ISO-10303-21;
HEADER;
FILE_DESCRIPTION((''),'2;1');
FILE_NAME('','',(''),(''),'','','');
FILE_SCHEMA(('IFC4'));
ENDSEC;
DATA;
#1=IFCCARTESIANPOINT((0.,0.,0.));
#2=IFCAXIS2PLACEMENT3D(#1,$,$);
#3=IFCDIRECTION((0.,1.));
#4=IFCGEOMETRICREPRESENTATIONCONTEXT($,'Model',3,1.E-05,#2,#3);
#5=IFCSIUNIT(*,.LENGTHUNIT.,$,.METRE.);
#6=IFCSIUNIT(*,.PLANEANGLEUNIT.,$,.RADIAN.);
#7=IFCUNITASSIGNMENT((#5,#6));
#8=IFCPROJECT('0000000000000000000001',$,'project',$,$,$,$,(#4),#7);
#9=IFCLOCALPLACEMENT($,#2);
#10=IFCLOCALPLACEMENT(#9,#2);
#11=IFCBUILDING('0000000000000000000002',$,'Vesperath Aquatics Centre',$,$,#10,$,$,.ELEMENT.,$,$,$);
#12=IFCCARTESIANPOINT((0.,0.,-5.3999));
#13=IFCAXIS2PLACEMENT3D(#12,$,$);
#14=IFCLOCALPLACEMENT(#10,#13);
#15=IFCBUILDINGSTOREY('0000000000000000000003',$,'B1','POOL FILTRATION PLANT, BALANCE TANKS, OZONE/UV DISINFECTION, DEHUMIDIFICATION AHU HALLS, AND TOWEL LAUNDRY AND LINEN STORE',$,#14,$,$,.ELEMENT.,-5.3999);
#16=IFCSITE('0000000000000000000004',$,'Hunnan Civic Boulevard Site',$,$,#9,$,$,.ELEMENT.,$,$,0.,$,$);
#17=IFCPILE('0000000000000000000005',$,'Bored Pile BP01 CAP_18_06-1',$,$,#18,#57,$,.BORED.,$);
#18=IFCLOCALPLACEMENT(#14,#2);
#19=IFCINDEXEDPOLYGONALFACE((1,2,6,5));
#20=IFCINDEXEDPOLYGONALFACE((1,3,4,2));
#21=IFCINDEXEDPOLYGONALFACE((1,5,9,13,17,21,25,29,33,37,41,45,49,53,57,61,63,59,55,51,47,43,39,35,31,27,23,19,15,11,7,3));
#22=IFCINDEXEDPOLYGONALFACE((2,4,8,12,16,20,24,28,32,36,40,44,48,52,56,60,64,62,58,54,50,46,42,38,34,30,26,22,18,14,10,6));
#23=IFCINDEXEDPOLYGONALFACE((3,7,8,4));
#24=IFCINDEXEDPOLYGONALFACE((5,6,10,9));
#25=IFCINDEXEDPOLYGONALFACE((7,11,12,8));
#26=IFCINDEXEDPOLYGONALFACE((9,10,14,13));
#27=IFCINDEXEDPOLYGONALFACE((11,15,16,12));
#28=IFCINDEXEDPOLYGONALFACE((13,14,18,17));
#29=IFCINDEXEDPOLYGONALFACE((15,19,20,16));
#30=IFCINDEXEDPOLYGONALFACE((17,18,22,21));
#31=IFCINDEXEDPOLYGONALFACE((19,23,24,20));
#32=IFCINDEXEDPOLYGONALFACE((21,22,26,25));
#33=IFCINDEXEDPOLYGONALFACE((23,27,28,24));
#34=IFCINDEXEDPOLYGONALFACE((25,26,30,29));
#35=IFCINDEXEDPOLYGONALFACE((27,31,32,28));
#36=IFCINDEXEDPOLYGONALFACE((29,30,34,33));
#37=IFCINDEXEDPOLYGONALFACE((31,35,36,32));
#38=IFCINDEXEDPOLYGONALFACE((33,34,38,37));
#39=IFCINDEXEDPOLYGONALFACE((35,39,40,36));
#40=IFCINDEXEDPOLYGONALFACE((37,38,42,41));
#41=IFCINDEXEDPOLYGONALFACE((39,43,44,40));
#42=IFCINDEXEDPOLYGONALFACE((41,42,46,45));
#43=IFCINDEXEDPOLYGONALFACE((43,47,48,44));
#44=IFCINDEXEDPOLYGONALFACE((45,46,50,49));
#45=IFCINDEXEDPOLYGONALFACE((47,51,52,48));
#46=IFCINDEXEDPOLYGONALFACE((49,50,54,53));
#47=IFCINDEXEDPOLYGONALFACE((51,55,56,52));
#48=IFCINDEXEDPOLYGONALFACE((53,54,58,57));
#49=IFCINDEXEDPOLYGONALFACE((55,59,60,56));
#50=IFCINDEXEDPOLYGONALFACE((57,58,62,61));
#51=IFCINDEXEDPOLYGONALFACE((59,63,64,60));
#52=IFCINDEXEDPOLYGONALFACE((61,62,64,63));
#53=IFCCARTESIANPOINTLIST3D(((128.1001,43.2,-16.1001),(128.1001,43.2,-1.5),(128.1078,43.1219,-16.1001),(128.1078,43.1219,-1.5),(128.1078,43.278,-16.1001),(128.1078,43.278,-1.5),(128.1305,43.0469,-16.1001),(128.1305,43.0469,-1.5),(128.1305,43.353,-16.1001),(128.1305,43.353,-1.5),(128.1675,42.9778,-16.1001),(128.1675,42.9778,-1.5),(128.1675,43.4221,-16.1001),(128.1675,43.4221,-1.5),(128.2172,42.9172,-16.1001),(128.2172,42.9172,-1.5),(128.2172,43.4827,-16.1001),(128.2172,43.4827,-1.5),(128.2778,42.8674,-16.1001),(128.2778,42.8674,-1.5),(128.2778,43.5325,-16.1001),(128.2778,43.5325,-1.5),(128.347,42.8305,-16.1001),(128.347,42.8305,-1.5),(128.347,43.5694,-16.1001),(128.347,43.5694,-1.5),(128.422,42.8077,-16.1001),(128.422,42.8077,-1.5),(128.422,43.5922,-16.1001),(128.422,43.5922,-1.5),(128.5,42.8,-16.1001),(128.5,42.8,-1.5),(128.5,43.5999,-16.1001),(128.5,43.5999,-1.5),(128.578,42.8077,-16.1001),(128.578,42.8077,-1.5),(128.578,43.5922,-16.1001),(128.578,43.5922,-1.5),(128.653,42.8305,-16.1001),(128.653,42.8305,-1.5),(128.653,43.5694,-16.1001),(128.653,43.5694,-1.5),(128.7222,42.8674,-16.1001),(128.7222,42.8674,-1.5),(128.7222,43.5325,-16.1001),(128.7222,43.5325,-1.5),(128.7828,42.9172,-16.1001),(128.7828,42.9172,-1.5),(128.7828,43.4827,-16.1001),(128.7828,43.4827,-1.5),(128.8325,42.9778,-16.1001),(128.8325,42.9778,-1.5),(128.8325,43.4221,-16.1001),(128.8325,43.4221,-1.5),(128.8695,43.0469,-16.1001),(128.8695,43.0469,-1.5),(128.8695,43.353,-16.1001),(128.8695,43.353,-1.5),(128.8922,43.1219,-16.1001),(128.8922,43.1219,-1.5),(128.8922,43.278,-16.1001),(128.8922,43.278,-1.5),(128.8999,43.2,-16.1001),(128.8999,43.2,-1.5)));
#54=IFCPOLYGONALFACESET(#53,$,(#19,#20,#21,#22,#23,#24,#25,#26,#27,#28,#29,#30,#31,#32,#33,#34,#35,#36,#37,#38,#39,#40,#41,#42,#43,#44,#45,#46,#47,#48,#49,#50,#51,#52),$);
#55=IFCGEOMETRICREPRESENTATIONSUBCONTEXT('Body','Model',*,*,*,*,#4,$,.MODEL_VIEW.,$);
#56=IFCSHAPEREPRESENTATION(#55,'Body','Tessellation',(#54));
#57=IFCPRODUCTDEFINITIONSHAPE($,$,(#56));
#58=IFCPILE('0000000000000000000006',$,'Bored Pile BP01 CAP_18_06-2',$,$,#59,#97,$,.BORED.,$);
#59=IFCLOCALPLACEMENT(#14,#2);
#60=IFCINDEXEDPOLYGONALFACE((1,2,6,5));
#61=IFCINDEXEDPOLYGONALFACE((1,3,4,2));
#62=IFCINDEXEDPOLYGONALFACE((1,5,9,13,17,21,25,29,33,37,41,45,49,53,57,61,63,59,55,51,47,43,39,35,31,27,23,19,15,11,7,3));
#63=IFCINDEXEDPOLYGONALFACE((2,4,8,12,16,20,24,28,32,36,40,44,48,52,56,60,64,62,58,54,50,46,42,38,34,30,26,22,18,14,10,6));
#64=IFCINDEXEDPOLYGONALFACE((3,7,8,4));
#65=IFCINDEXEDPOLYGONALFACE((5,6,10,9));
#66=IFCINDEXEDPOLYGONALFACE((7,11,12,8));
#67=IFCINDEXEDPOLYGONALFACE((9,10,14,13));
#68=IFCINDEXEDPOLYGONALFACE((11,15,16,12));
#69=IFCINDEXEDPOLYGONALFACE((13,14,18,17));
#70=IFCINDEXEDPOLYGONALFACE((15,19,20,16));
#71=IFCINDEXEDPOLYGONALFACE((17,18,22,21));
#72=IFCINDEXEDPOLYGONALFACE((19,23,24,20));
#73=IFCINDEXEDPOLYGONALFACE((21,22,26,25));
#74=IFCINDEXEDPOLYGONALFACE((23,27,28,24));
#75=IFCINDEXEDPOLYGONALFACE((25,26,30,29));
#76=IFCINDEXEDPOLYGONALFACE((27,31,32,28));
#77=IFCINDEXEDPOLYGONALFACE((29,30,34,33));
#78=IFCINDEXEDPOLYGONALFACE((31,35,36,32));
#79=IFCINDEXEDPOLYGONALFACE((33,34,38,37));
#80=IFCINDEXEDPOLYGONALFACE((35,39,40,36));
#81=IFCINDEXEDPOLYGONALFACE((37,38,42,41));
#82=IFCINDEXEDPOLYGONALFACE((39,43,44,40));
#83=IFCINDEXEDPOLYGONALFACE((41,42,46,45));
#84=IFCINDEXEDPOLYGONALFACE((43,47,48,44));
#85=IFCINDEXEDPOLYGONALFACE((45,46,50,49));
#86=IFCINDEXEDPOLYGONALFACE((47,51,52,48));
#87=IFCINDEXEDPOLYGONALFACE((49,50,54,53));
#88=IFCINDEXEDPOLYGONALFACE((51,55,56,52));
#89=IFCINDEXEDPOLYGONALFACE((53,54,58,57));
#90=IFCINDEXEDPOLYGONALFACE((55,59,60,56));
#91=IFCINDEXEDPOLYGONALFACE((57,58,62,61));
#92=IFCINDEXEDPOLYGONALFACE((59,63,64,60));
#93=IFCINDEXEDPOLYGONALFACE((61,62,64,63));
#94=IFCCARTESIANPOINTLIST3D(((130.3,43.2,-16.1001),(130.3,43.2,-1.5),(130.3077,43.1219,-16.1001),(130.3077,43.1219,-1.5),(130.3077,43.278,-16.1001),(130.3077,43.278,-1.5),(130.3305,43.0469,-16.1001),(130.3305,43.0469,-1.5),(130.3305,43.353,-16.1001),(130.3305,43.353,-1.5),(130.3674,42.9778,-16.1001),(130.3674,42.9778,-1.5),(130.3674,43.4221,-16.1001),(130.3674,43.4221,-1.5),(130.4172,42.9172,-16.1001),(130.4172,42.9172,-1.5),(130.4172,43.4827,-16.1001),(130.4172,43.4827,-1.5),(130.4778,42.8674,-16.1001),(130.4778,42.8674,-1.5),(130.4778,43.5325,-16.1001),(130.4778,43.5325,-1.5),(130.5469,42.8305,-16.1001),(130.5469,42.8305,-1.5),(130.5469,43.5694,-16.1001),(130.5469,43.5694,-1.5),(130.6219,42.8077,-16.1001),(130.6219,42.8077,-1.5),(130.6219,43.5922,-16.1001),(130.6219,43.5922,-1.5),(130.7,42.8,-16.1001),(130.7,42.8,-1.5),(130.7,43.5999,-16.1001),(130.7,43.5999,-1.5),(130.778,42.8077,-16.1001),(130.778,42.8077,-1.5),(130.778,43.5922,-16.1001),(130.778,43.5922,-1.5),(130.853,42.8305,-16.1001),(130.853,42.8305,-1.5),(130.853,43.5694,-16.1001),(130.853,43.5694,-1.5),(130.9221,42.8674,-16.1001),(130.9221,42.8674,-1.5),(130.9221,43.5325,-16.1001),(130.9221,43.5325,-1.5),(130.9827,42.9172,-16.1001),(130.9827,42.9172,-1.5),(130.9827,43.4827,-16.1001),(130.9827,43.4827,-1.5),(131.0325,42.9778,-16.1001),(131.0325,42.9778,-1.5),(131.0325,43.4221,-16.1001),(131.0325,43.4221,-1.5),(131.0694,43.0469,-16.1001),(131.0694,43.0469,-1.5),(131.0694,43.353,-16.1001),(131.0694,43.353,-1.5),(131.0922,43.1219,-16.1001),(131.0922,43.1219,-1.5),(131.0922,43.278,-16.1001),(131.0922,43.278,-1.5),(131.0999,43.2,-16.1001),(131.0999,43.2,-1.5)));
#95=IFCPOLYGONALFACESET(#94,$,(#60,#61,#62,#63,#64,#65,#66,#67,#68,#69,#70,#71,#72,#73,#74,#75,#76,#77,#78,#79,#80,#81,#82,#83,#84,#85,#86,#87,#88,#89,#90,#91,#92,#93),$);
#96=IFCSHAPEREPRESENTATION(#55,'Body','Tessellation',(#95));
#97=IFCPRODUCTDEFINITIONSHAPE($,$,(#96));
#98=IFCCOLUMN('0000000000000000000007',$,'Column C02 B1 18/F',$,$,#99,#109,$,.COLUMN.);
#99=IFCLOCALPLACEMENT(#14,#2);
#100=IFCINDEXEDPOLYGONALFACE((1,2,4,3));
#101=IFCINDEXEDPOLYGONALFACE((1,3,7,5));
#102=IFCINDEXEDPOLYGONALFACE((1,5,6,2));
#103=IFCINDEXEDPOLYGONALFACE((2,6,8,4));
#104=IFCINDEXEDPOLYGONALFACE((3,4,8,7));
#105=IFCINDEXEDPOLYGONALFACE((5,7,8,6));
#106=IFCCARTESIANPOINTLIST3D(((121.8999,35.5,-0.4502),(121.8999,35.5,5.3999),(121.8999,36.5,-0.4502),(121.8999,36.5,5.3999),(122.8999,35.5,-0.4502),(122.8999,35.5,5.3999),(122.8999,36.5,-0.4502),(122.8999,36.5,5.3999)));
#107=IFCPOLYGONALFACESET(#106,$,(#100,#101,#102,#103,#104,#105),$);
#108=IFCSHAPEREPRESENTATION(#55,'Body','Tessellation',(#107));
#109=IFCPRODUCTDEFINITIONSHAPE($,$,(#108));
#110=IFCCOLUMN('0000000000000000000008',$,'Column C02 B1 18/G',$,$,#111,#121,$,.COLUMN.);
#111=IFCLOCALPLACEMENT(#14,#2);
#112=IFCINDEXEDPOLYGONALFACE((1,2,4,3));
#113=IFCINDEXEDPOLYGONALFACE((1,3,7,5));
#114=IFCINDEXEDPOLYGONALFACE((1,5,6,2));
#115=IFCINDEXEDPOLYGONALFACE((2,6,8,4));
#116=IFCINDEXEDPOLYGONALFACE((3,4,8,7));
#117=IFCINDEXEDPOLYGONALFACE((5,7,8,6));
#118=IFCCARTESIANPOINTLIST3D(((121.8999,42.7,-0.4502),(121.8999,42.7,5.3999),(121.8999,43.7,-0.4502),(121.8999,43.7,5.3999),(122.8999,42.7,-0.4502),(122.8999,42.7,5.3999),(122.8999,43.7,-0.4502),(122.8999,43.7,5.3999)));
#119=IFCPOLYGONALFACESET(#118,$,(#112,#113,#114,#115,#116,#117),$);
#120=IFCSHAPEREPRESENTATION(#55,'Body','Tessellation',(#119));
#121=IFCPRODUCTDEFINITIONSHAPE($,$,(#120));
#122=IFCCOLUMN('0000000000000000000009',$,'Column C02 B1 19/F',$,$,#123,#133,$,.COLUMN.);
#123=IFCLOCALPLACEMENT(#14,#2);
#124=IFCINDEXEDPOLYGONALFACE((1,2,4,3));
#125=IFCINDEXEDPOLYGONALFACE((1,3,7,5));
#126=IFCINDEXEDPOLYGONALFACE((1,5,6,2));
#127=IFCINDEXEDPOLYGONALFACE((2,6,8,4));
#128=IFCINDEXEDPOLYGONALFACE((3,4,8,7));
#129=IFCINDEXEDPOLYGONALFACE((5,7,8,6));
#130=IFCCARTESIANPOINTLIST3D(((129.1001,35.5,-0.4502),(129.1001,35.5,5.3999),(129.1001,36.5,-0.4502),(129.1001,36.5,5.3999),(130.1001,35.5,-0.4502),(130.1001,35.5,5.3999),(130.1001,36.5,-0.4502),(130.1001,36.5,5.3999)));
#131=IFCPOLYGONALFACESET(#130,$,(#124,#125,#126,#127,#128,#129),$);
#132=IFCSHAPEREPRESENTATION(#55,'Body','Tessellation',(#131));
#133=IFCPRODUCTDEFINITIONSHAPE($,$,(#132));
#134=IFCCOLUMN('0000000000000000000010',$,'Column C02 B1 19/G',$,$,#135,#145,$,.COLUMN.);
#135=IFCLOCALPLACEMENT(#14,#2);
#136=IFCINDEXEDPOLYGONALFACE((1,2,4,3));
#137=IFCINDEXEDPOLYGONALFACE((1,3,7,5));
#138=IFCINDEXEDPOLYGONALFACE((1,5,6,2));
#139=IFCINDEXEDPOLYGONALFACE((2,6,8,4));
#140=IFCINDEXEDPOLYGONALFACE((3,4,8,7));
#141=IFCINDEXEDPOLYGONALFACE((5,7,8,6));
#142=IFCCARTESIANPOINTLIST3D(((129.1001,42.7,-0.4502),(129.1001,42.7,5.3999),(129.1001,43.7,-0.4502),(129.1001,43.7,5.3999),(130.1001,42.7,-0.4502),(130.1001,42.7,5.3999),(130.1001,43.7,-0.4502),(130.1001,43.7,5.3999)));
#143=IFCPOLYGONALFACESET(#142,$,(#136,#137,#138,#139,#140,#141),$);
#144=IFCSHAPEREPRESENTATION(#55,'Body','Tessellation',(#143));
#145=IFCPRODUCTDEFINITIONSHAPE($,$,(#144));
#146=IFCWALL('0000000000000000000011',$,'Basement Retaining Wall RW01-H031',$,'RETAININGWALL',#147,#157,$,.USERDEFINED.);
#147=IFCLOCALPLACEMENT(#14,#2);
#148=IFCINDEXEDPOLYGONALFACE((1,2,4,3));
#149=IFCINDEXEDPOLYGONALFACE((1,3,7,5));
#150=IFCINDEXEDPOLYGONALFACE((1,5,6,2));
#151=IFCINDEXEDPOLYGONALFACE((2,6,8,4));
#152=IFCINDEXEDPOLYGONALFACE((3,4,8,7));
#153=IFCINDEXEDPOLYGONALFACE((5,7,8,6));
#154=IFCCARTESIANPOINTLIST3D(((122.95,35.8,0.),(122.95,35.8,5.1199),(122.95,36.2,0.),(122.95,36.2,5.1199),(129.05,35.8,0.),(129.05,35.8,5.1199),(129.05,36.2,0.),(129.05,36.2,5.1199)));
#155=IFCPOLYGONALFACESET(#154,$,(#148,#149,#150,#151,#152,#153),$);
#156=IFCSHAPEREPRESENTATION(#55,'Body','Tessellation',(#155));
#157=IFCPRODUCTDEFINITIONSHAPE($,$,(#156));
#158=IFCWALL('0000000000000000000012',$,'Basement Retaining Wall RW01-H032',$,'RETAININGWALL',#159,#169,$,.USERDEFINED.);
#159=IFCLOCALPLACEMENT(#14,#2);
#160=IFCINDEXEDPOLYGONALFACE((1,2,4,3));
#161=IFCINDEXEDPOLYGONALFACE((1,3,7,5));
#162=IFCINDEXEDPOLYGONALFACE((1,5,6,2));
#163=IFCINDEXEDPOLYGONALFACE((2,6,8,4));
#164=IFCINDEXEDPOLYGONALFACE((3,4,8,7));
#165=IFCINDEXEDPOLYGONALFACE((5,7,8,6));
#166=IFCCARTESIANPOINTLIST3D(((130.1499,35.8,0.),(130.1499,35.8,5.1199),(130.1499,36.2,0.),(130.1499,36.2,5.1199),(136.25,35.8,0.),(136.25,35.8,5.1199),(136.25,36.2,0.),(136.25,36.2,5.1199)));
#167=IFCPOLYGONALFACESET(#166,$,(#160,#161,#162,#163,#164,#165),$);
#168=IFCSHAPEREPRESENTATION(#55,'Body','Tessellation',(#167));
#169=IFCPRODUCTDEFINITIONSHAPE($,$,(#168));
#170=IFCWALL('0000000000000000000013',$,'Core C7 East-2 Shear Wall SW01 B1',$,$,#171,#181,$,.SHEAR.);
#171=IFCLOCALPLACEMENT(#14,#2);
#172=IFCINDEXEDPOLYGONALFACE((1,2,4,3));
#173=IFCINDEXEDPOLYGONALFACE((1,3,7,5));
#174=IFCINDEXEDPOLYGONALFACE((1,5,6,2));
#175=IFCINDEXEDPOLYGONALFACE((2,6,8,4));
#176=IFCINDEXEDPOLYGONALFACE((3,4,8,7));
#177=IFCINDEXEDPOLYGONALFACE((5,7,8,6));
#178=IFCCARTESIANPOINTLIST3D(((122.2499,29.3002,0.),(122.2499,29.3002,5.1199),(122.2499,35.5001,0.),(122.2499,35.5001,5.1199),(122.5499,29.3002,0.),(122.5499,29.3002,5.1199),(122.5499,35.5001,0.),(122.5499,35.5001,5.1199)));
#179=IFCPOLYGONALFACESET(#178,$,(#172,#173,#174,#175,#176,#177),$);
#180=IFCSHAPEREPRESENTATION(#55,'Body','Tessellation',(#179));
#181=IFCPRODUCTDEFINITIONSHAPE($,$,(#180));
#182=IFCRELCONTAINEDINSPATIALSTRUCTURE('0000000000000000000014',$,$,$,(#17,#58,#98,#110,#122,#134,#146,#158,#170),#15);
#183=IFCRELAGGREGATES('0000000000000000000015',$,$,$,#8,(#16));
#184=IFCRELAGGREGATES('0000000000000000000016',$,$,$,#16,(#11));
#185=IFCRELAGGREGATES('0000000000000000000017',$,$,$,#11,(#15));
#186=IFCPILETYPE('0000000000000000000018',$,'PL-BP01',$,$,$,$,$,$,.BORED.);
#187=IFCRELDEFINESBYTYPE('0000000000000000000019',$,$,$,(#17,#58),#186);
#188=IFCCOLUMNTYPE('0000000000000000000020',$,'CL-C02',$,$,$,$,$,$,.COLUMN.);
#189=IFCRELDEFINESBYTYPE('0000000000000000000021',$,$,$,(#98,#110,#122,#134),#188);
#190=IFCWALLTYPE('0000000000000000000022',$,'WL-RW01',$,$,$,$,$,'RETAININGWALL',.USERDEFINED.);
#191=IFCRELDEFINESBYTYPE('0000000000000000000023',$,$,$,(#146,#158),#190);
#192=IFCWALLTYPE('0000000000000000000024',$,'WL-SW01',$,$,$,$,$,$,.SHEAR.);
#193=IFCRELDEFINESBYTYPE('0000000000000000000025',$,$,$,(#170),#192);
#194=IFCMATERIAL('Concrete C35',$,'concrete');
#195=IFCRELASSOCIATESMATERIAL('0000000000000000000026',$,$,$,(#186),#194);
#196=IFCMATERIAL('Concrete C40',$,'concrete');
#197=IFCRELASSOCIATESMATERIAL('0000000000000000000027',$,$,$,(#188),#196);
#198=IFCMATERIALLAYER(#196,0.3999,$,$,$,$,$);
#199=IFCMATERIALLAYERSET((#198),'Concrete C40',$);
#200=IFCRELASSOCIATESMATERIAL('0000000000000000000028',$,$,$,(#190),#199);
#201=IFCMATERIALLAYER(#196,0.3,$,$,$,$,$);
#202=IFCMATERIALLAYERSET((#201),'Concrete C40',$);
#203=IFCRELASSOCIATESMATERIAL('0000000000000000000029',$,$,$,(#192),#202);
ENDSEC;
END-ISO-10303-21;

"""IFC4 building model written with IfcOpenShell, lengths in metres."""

from ifc_helpers import new_model, si_unit, direction, frame, frame_2d, origin, origin_2d, place, context, subcontext, project, spatial, rectangle, circle, extrude, material, layer, layer_set, material_profile, profile_set, type_object, element, save


model = new_model("IFC4")

# Units and contexts
model_context = context("Model", 3, precision=1e-05, world=origin(), true_north=direction((0.0, 1.0)))
body_context = subcontext(model_context, "Body", "Model", "MODEL_VIEW")
ifc_project = project(units=[si_unit("LENGTHUNIT", "METRE"), si_unit("PLANEANGLEUNIT", "RADIAN")], contexts=[model_context])

# Site, building, storey
site_placement = place(None, origin())
site = spatial("IfcSite", under=ifc_project, at=site_placement, Name="Hunnan Civic Boulevard Site", CompositionType="ELEMENT", RefElevation=0.0)
building_placement = place(site_placement, origin())
building = spatial("IfcBuilding", under=site, at=building_placement, Name="Vesperath Aquatics Centre", CompositionType="ELEMENT")
storey_placement = place(building_placement, frame((0.0, 0.0, -5.3999)))
storey = spatial("IfcBuildingStorey", under=building, at=storey_placement, Name="B1", Description="POOL FILTRATION PLANT, BALANCE TANKS, OZONE/UV DISINFECTION, DEHUMIDIFICATION AHU HALLS, AND TOWEL LAUNDRY AND LINEN STORE", CompositionType="ELEMENT", Elevation=-5.3999)

# Shared definitions
ifc_material_1 = material(Name="Concrete C40", Category="concrete")

# Piles
ifc_material_2 = material(Name="Concrete C35", Category="concrete")
ifc_material_profile_1 = material_profile(ifc_material_2, circle(Radius=0.3999, at=origin_2d()), Name="PILE D800")
ifc_profile_set_1 = profile_set([ifc_material_profile_1], Name="Concrete C35")
pile_type = type_object("IfcPileType", Name="PL-BP01", PredefinedType="BORED", material=ifc_profile_set_1)
for number, where, z_axis, x_axis, name in (
    (1, (128.5, 43.2, -1.5), (0.0, 0.0, -1.0), (1.0, 0.0, 0.0), "Bored Pile BP01 CAP_18_06-1"),
    (2, (130.7, 43.2, -1.5), (0.0, 0.0, -1.0), (1.0, 0.0, 0.0), "Bored Pile BP01 CAP_18_06-2"),
):
    element("IfcPile", number, at=place(storey_placement, frame(where, z_axis=z_axis, x_axis=x_axis)), inside=storey, type_object=pile_type, Name=name, PredefinedType="BORED", context=body_context, shape_type="SweptSolid", body=[
        extrude(circle(Radius=0.3999, at=origin_2d()), origin(), (0.0, 0.0, 1.0), 14.6001),
    ])

# Columns
ifc_material_profile_2 = material_profile(ifc_material_1, rectangle(XDim=1.0, YDim=1.0, at=origin_2d()), Name="RC 1000x1000")
ifc_profile_set_2 = profile_set([ifc_material_profile_2], Name="Concrete C40")
column_type = type_object("IfcColumnType", Name="CL-C02", PredefinedType="COLUMN", material=ifc_profile_set_2)
for number, where, z_axis, x_axis, name in (
    (3, (122.3999, 36.0, -0.4502), (0.0, 0.0, 1.0), (1.0, 0.0, 0.0), "Column C02 B1 18/F"),
    (4, (122.3999, 43.2, -0.4502), (0.0, 0.0, 1.0), (1.0, 0.0, 0.0), "Column C02 B1 18/G"),
    (5, (129.6001, 36.0, -0.4502), (0.0, 0.0, 1.0), (1.0, 0.0, 0.0), "Column C02 B1 19/F"),
    (6, (129.6001, 43.2, -0.4502), (0.0, 0.0, 1.0), (1.0, 0.0, 0.0), "Column C02 B1 19/G"),
):
    element("IfcColumn", number, at=place(storey_placement, frame(where, z_axis=z_axis, x_axis=x_axis)), inside=storey, type_object=column_type, Name=name, PredefinedType="COLUMN", context=body_context, shape_type="SweptSolid", body=[
        extrude(rectangle(XDim=1.0, YDim=1.0, at=origin_2d()), origin(), (0.0, 0.0, 1.0), 5.8501),
    ])

# Walls
ifc_layer_1 = layer(ifc_material_1, 0.3999)
ifc_layer_set_1 = layer_set([ifc_layer_1], Name="Concrete C40")
wall_type_1 = type_object("IfcWallType", Name="WL-RW01", ElementType="RETAININGWALL", PredefinedType="USERDEFINED", material=ifc_layer_set_1)
for number, where, z_axis, x_axis, name in (
    (7, (122.95, 36.0, 0.0), (0.0, 0.0, 1.0), (1.0, 0.0, 0.0), "Basement Retaining Wall RW01-H031"),
    (8, (130.1499, 36.0, 0.0), (0.0, 0.0, 1.0), (1.0, 0.0, 0.0), "Basement Retaining Wall RW01-H032"),
):
    element("IfcWall", number, at=place(storey_placement, frame(where, z_axis=z_axis, x_axis=x_axis)), inside=storey, type_object=wall_type_1, Name=name, ObjectType="RETAININGWALL", PredefinedType="USERDEFINED", context=body_context, shape_type="SweptSolid", body=[
        extrude(rectangle(XDim=6.1001, YDim=0.3999, at=frame_2d((3.05, 0.0))), origin(), (0.0, 0.0, 1.0), 5.1199),
    ])
ifc_layer_2 = layer(ifc_material_1, 0.3)
ifc_layer_set_2 = layer_set([ifc_layer_2], Name="Concrete C40")
wall_type_2 = type_object("IfcWallType", Name="WL-SW01", PredefinedType="SHEAR", material=ifc_layer_set_2)
wall_placement = place(storey_placement, frame((122.3999, 29.3, 0.0), z_axis=(0.0, 0.0, 1.0), x_axis=(0.0, 1.0, 0.0)))
element("IfcWall", 9, at=wall_placement, inside=storey, type_object=wall_type_2, Name="Core C7 East-2 Shear Wall SW01 B1", PredefinedType="SHEAR", context=body_context, shape_type="SweptSolid", body=[
    extrude(rectangle(XDim=6.2, YDim=0.3, at=frame_2d((3.1001, 0.0))), origin(), (0.0, 0.0, 1.0), 5.1199),
])

save(model, "model.ifc")
